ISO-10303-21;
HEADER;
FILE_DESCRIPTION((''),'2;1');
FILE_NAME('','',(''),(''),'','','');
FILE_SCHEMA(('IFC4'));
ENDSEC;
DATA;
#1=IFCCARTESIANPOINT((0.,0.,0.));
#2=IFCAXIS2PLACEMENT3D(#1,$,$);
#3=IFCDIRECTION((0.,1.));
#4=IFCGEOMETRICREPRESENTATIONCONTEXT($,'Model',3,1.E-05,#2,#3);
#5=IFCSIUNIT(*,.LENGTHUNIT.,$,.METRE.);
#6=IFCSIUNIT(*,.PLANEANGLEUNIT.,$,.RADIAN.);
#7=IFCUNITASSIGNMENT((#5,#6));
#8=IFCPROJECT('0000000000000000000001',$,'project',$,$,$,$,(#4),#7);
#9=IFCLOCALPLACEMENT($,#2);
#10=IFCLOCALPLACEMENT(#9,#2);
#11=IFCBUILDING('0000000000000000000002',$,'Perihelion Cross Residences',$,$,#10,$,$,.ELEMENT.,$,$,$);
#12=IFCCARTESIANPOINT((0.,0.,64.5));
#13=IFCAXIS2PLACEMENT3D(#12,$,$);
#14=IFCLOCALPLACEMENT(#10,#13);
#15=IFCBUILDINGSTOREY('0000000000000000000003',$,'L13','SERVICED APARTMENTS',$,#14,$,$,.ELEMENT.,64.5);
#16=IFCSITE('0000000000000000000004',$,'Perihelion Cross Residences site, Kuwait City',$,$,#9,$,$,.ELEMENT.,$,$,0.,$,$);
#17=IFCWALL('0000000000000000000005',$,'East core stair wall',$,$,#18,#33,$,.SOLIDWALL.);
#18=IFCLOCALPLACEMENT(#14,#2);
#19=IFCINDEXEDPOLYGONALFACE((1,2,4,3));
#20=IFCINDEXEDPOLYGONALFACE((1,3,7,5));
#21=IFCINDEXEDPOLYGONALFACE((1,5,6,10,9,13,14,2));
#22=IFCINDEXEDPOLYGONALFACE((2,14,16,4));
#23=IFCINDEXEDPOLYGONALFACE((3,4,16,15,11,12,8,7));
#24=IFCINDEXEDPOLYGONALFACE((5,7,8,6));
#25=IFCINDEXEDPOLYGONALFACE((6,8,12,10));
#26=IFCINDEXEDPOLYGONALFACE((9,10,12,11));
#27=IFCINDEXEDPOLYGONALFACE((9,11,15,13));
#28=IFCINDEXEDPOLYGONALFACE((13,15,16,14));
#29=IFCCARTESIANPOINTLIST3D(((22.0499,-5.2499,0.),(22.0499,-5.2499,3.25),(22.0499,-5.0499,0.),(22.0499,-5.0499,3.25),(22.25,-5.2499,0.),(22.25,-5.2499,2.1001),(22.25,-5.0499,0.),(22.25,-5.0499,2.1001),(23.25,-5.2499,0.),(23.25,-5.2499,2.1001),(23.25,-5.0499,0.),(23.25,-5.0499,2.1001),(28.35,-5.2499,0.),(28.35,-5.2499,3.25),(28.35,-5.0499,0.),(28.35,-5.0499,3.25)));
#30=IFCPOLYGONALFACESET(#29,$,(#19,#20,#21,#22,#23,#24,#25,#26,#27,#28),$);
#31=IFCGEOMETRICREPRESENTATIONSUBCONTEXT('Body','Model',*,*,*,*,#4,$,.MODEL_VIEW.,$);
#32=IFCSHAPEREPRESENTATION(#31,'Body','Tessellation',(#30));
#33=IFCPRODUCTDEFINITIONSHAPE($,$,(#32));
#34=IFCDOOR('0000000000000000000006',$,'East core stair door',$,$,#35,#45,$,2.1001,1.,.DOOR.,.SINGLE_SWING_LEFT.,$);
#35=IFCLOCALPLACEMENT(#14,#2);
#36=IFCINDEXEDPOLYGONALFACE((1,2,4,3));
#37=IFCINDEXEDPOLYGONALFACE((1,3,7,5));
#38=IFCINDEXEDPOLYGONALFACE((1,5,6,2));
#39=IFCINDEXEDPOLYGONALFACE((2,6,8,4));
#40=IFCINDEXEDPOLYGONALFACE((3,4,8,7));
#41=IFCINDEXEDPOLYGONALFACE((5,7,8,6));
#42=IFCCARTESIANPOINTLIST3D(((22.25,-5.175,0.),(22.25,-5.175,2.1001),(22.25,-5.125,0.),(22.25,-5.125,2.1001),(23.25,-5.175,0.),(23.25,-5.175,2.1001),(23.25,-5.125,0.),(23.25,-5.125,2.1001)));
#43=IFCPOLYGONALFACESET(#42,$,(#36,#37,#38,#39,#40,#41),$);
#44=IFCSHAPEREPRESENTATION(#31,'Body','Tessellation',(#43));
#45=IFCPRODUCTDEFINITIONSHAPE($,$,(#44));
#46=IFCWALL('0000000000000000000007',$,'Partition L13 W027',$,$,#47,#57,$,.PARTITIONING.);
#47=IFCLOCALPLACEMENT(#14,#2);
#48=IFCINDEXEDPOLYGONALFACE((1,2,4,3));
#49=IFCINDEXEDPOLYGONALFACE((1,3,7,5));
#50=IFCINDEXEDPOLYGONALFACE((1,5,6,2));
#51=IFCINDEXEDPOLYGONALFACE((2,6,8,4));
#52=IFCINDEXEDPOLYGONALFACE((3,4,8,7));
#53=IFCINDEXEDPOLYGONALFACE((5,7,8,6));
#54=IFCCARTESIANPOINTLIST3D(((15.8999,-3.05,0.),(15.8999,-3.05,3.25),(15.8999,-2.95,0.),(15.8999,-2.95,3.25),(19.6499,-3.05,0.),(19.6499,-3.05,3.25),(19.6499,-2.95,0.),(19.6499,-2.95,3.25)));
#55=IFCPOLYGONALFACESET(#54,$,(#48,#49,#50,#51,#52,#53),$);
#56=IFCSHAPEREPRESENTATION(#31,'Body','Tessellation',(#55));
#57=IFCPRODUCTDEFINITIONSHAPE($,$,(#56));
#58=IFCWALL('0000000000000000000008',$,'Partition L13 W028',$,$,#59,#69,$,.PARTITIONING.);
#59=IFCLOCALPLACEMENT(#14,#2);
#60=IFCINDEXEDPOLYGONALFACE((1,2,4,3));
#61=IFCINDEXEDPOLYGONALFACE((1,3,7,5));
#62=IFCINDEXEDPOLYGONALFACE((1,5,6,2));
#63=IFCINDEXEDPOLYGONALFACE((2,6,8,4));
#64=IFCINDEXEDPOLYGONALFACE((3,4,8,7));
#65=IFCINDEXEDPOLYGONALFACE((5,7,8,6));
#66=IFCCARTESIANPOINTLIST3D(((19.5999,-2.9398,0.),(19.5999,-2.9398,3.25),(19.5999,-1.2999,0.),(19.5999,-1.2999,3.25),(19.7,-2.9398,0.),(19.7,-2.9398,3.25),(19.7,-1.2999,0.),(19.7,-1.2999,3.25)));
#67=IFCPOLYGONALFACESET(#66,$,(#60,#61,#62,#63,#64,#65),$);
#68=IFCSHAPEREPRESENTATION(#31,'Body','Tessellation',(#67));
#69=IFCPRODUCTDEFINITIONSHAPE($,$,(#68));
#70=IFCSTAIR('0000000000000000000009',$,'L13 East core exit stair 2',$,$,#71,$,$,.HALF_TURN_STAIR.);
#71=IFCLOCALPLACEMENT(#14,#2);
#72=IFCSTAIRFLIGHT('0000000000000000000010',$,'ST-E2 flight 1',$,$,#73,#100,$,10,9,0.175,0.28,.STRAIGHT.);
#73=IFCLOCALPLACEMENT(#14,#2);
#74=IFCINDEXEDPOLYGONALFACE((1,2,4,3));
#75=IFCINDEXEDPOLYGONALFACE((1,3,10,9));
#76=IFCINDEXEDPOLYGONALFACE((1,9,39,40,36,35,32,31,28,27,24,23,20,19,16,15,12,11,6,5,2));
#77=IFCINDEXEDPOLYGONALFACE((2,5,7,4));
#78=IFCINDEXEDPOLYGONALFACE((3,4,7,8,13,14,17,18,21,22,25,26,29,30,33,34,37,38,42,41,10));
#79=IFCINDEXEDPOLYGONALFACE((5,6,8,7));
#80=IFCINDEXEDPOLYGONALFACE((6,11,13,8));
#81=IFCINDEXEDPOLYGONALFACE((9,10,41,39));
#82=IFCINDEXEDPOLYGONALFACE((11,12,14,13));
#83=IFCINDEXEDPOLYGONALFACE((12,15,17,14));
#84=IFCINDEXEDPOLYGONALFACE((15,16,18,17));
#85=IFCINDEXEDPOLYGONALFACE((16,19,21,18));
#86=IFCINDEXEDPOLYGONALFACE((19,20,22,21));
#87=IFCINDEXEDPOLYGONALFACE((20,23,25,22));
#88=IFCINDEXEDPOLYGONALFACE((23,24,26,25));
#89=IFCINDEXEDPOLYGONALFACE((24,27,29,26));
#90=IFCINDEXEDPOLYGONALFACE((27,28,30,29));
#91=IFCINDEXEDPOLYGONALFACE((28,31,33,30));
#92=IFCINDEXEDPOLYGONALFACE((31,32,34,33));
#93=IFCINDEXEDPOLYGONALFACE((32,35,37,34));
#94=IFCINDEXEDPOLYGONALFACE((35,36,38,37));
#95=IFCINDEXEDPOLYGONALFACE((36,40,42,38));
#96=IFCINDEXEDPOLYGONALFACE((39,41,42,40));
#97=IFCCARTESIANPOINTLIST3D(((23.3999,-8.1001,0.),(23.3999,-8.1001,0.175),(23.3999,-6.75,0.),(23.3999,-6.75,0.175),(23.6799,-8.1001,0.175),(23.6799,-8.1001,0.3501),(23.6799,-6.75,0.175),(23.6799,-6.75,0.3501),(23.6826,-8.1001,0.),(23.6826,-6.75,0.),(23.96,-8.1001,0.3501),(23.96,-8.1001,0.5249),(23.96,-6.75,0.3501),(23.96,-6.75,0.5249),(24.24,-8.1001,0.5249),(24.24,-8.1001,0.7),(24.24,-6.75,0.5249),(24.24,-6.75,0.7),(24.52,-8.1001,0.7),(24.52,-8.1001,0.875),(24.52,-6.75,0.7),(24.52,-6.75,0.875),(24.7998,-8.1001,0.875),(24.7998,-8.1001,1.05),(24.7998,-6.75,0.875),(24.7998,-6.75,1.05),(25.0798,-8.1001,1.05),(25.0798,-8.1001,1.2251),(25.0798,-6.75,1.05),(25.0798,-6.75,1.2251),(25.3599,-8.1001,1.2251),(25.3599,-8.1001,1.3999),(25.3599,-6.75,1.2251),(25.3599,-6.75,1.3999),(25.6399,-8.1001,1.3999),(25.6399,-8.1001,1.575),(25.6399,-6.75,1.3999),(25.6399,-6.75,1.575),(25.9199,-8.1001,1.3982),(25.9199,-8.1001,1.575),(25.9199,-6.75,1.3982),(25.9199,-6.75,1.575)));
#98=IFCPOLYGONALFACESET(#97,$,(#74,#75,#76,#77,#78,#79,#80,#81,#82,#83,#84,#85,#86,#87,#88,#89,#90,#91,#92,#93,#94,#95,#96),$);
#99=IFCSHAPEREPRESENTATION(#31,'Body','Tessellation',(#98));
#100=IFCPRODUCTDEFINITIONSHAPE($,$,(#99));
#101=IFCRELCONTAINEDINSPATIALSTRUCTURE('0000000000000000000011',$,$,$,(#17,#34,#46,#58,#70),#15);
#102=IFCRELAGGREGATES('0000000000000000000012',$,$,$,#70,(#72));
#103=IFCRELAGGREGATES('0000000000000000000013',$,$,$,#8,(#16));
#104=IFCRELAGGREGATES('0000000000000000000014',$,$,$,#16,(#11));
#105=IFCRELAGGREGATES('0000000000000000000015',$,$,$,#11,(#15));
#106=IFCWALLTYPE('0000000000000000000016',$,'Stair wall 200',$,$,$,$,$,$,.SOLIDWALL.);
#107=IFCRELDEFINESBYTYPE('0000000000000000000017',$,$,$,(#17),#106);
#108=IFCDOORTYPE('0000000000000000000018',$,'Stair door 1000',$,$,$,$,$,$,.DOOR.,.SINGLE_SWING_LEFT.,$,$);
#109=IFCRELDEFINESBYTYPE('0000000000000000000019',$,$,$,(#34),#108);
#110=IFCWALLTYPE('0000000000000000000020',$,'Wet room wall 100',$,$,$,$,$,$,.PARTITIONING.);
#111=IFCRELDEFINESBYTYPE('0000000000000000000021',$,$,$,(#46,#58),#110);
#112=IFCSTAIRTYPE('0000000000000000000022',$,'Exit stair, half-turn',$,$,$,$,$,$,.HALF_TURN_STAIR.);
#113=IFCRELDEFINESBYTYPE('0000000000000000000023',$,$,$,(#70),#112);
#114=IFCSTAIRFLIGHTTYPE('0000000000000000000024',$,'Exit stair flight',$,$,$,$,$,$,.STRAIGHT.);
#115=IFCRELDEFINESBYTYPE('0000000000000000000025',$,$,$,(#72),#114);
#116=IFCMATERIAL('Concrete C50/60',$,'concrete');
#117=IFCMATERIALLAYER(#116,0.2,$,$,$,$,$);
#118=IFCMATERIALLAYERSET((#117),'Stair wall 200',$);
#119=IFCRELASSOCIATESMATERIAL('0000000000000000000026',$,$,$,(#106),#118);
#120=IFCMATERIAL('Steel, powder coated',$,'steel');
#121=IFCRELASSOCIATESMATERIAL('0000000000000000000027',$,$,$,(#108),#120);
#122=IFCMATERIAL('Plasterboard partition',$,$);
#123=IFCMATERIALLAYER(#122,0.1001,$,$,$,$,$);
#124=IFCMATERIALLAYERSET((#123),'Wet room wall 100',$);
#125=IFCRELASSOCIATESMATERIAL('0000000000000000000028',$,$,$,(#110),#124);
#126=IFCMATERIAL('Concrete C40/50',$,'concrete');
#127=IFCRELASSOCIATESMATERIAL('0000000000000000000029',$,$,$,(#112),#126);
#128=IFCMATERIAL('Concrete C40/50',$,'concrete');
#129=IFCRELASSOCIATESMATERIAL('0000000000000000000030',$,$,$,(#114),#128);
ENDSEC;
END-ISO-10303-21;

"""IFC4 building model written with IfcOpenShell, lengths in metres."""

from ifc_helpers import new_model, si_unit, direction, frame, frame_2d, origin, place, context, subcontext, project, spatial, polyline, rectangle, outline, extrude, material, layer, layer_set, type_object, element, fill, aggregate, save


model = new_model("IFC4")

# Units and contexts
model_context = context("Model", 3, precision=1e-05, world=origin(), true_north=direction((0.0, 1.0)))
body_context = subcontext(model_context, "Body", "Model", "MODEL_VIEW")
ifc_project = project(units=[si_unit("LENGTHUNIT", "METRE"), si_unit("PLANEANGLEUNIT", "RADIAN")], contexts=[model_context])

# Site, building, storey
site_placement = place(None, origin())
site = spatial("IfcSite", under=ifc_project, at=site_placement, Name="Perihelion Cross Residences site, Kuwait City", CompositionType="ELEMENT", RefElevation=0.0)
building_placement = place(site_placement, origin())
building = spatial("IfcBuilding", under=site, at=building_placement, Name="Perihelion Cross Residences", CompositionType="ELEMENT")
storey_placement = place(building_placement, frame((0.0, 0.0, 64.5)))
storey = spatial("IfcBuildingStorey", under=building, at=storey_placement, Name="L13", Description="SERVICED APARTMENTS", CompositionType="ELEMENT", Elevation=64.5)

# Wall, opening, door
ifc_material_1 = material(Name="Concrete C50/60", Category="concrete")
ifc_layer_1 = layer(ifc_material_1, 0.2)
ifc_layer_set_1 = layer_set([ifc_layer_1], Name="Stair wall 200")
wall_type_1 = type_object("IfcWallType", Name="Stair wall 200", PredefinedType="SOLIDWALL", material=ifc_layer_set_1)
wall_1_placement = place(storey_placement, frame((22.05, -5.1499, 0.0), z_axis=(0.0, 0.0, 1.0), x_axis=(1.0, 0.0, 0.0)))
wall_1 = element("IfcWall", 1, at=wall_1_placement, inside=storey, type_object=wall_type_1, Name="East core stair wall", PredefinedType="SOLIDWALL", context=body_context, shape_type="SweptSolid", body=[
    extrude(rectangle(XDim=6.3, YDim=0.2, at=frame_2d((3.1499, 0.0))), origin(), (0.0, 0.0, 1.0), 3.25),
])
opening_1_placement = place(wall_1_placement, frame((0.2, 0.0, 0.0)))
opening_1 = element("IfcOpeningElement", 2, at=opening_1_placement, cuts=wall_1, PredefinedType="OPENING", context=body_context, shape_type="SweptSolid", body=[
    extrude(rectangle(XDim=1.0, YDim=2.1001, at=frame_2d((0.5, 1.05))), frame((0.0, 0.1099, 0.0), z_axis=(0.0, -1.0, 0.0), x_axis=(1.0, 0.0, 0.0)), (0.0, 0.0, 1.0), 0.22),
])
ifc_material_2 = material(Name="Steel, powder coated", Category="steel")
door_type_1 = type_object("IfcDoorType", Name="Stair door 1000", OperationType="SINGLE_SWING_LEFT", PredefinedType="DOOR", material=ifc_material_2)
door_1_placement = place(opening_1_placement, origin())
door_1 = element("IfcDoor", 3, at=door_1_placement, inside=storey, type_object=door_type_1, Name="East core stair door", OperationType="SINGLE_SWING_LEFT", OverallHeight=2.1001, OverallWidth=1.0, PredefinedType="DOOR", context=body_context, shape_type="SweptSolid", body=[
    extrude(rectangle(XDim=1.0, YDim=2.1001, at=frame_2d((0.5, 1.05))), frame((0.0, 0.0249, 0.0), z_axis=(0.0, -1.0, 0.0), x_axis=(1.0, 0.0, 0.0)), (0.0, 0.0, 1.0), 0.05),
])
fill(opening_1, door_1)

# Walls
ifc_material_3 = material(Name="Plasterboard partition")
ifc_layer_2 = layer(ifc_material_3, 0.1001)
ifc_layer_set_2 = layer_set([ifc_layer_2], Name="Wet room wall 100")
wall_type_2 = type_object("IfcWallType", Name="Wet room wall 100", PredefinedType="PARTITIONING", material=ifc_layer_set_2)
wall_2_placement = place(storey_placement, frame((19.6499, -3.0, 0.0), z_axis=(0.0, 0.0, 1.0), x_axis=(-1.0, 0.0, 0.0)))
element("IfcWall", 4, at=wall_2_placement, inside=storey, type_object=wall_type_2, Name="Partition L13 W027", PredefinedType="PARTITIONING", context=body_context, shape_type="SweptSolid", body=[
    extrude(rectangle(XDim=3.75, YDim=0.1001, at=frame_2d((1.875, 0.0))), origin(), (0.0, 0.0, 1.0), 3.25),
])
wall_3_placement = place(storey_placement, frame((19.6499, -1.3, 0.0), z_axis=(0.0, 0.0, 1.0), x_axis=(0.0, -1.0, 0.0)))
element("IfcWall", 5, at=wall_3_placement, inside=storey, type_object=wall_type_2, Name="Partition L13 W028", PredefinedType="PARTITIONING", context=body_context, shape_type="SweptSolid", body=[
    extrude(rectangle(XDim=1.6399, YDim=0.1001, at=frame_2d((0.8198, 0.0))), origin(), (0.0, 0.0, 1.0), 3.25),
])

# Stair, stair flight
ifc_material_4 = material(Name="Concrete C40/50", Category="concrete")
stair_type = type_object("IfcStairType", Name="Exit stair, half-turn", PredefinedType="HALF_TURN_STAIR", material=ifc_material_4)
stair_placement = place(storey_placement, origin())
stair = element("IfcStair", 6, at=stair_placement, inside=storey, type_object=stair_type, Name="L13 East core exit stair 2", PredefinedType="HALF_TURN_STAIR")
ifc_material_5 = material(Name="Concrete C40/50", Category="concrete")
stair_flight_type = type_object("IfcStairFlightType", Name="Exit stair flight", PredefinedType="STRAIGHT", material=ifc_material_5)
stair_flight_placement = place(storey_placement, frame((23.3999, -7.425, 0.0), z_axis=(0.0, 0.0, 1.0), x_axis=(1.0, 0.0, 0.0)))
stair_flight = element("IfcStairFlight", 7, at=stair_flight_placement, type_object=stair_flight_type, Name="ST-E2 flight 1", NumberOfRisers=10, NumberOfTreads=9, PredefinedType="STRAIGHT", RiserHeight=0.175, TreadLength=0.28, context=body_context, shape_type="SweptSolid", body=[
    extrude(outline(polyline([(0.0, 0.0), (0.0, 0.175), (0.28, 0.175), (0.28, 0.3501), (0.5601, 0.3501), (0.5601, 0.5249), (0.8401, 0.5249), (0.8401, 0.7), (1.1201, 0.7), (1.1201, 0.875), (1.3999, 0.875), (1.3999, 1.05), (1.6799, 1.05), (1.6799, 1.2251), (1.96, 1.2251), (1.96, 1.3999), (2.24, 1.3999), (2.24, 1.575), (2.52, 1.575), (2.52, 1.75), (2.52, 1.3982), (0.2827, 0.0), (0.0, 0.0)])), frame((0.0, 0.675, 0.0), z_axis=(0.0, -1.0, 0.0), x_axis=(1.0, 0.0, 0.0)), (0.0, 0.0, 1.0), 1.3501),
])
aggregate(stair, [stair_flight])

save(model, "model.ifc")
